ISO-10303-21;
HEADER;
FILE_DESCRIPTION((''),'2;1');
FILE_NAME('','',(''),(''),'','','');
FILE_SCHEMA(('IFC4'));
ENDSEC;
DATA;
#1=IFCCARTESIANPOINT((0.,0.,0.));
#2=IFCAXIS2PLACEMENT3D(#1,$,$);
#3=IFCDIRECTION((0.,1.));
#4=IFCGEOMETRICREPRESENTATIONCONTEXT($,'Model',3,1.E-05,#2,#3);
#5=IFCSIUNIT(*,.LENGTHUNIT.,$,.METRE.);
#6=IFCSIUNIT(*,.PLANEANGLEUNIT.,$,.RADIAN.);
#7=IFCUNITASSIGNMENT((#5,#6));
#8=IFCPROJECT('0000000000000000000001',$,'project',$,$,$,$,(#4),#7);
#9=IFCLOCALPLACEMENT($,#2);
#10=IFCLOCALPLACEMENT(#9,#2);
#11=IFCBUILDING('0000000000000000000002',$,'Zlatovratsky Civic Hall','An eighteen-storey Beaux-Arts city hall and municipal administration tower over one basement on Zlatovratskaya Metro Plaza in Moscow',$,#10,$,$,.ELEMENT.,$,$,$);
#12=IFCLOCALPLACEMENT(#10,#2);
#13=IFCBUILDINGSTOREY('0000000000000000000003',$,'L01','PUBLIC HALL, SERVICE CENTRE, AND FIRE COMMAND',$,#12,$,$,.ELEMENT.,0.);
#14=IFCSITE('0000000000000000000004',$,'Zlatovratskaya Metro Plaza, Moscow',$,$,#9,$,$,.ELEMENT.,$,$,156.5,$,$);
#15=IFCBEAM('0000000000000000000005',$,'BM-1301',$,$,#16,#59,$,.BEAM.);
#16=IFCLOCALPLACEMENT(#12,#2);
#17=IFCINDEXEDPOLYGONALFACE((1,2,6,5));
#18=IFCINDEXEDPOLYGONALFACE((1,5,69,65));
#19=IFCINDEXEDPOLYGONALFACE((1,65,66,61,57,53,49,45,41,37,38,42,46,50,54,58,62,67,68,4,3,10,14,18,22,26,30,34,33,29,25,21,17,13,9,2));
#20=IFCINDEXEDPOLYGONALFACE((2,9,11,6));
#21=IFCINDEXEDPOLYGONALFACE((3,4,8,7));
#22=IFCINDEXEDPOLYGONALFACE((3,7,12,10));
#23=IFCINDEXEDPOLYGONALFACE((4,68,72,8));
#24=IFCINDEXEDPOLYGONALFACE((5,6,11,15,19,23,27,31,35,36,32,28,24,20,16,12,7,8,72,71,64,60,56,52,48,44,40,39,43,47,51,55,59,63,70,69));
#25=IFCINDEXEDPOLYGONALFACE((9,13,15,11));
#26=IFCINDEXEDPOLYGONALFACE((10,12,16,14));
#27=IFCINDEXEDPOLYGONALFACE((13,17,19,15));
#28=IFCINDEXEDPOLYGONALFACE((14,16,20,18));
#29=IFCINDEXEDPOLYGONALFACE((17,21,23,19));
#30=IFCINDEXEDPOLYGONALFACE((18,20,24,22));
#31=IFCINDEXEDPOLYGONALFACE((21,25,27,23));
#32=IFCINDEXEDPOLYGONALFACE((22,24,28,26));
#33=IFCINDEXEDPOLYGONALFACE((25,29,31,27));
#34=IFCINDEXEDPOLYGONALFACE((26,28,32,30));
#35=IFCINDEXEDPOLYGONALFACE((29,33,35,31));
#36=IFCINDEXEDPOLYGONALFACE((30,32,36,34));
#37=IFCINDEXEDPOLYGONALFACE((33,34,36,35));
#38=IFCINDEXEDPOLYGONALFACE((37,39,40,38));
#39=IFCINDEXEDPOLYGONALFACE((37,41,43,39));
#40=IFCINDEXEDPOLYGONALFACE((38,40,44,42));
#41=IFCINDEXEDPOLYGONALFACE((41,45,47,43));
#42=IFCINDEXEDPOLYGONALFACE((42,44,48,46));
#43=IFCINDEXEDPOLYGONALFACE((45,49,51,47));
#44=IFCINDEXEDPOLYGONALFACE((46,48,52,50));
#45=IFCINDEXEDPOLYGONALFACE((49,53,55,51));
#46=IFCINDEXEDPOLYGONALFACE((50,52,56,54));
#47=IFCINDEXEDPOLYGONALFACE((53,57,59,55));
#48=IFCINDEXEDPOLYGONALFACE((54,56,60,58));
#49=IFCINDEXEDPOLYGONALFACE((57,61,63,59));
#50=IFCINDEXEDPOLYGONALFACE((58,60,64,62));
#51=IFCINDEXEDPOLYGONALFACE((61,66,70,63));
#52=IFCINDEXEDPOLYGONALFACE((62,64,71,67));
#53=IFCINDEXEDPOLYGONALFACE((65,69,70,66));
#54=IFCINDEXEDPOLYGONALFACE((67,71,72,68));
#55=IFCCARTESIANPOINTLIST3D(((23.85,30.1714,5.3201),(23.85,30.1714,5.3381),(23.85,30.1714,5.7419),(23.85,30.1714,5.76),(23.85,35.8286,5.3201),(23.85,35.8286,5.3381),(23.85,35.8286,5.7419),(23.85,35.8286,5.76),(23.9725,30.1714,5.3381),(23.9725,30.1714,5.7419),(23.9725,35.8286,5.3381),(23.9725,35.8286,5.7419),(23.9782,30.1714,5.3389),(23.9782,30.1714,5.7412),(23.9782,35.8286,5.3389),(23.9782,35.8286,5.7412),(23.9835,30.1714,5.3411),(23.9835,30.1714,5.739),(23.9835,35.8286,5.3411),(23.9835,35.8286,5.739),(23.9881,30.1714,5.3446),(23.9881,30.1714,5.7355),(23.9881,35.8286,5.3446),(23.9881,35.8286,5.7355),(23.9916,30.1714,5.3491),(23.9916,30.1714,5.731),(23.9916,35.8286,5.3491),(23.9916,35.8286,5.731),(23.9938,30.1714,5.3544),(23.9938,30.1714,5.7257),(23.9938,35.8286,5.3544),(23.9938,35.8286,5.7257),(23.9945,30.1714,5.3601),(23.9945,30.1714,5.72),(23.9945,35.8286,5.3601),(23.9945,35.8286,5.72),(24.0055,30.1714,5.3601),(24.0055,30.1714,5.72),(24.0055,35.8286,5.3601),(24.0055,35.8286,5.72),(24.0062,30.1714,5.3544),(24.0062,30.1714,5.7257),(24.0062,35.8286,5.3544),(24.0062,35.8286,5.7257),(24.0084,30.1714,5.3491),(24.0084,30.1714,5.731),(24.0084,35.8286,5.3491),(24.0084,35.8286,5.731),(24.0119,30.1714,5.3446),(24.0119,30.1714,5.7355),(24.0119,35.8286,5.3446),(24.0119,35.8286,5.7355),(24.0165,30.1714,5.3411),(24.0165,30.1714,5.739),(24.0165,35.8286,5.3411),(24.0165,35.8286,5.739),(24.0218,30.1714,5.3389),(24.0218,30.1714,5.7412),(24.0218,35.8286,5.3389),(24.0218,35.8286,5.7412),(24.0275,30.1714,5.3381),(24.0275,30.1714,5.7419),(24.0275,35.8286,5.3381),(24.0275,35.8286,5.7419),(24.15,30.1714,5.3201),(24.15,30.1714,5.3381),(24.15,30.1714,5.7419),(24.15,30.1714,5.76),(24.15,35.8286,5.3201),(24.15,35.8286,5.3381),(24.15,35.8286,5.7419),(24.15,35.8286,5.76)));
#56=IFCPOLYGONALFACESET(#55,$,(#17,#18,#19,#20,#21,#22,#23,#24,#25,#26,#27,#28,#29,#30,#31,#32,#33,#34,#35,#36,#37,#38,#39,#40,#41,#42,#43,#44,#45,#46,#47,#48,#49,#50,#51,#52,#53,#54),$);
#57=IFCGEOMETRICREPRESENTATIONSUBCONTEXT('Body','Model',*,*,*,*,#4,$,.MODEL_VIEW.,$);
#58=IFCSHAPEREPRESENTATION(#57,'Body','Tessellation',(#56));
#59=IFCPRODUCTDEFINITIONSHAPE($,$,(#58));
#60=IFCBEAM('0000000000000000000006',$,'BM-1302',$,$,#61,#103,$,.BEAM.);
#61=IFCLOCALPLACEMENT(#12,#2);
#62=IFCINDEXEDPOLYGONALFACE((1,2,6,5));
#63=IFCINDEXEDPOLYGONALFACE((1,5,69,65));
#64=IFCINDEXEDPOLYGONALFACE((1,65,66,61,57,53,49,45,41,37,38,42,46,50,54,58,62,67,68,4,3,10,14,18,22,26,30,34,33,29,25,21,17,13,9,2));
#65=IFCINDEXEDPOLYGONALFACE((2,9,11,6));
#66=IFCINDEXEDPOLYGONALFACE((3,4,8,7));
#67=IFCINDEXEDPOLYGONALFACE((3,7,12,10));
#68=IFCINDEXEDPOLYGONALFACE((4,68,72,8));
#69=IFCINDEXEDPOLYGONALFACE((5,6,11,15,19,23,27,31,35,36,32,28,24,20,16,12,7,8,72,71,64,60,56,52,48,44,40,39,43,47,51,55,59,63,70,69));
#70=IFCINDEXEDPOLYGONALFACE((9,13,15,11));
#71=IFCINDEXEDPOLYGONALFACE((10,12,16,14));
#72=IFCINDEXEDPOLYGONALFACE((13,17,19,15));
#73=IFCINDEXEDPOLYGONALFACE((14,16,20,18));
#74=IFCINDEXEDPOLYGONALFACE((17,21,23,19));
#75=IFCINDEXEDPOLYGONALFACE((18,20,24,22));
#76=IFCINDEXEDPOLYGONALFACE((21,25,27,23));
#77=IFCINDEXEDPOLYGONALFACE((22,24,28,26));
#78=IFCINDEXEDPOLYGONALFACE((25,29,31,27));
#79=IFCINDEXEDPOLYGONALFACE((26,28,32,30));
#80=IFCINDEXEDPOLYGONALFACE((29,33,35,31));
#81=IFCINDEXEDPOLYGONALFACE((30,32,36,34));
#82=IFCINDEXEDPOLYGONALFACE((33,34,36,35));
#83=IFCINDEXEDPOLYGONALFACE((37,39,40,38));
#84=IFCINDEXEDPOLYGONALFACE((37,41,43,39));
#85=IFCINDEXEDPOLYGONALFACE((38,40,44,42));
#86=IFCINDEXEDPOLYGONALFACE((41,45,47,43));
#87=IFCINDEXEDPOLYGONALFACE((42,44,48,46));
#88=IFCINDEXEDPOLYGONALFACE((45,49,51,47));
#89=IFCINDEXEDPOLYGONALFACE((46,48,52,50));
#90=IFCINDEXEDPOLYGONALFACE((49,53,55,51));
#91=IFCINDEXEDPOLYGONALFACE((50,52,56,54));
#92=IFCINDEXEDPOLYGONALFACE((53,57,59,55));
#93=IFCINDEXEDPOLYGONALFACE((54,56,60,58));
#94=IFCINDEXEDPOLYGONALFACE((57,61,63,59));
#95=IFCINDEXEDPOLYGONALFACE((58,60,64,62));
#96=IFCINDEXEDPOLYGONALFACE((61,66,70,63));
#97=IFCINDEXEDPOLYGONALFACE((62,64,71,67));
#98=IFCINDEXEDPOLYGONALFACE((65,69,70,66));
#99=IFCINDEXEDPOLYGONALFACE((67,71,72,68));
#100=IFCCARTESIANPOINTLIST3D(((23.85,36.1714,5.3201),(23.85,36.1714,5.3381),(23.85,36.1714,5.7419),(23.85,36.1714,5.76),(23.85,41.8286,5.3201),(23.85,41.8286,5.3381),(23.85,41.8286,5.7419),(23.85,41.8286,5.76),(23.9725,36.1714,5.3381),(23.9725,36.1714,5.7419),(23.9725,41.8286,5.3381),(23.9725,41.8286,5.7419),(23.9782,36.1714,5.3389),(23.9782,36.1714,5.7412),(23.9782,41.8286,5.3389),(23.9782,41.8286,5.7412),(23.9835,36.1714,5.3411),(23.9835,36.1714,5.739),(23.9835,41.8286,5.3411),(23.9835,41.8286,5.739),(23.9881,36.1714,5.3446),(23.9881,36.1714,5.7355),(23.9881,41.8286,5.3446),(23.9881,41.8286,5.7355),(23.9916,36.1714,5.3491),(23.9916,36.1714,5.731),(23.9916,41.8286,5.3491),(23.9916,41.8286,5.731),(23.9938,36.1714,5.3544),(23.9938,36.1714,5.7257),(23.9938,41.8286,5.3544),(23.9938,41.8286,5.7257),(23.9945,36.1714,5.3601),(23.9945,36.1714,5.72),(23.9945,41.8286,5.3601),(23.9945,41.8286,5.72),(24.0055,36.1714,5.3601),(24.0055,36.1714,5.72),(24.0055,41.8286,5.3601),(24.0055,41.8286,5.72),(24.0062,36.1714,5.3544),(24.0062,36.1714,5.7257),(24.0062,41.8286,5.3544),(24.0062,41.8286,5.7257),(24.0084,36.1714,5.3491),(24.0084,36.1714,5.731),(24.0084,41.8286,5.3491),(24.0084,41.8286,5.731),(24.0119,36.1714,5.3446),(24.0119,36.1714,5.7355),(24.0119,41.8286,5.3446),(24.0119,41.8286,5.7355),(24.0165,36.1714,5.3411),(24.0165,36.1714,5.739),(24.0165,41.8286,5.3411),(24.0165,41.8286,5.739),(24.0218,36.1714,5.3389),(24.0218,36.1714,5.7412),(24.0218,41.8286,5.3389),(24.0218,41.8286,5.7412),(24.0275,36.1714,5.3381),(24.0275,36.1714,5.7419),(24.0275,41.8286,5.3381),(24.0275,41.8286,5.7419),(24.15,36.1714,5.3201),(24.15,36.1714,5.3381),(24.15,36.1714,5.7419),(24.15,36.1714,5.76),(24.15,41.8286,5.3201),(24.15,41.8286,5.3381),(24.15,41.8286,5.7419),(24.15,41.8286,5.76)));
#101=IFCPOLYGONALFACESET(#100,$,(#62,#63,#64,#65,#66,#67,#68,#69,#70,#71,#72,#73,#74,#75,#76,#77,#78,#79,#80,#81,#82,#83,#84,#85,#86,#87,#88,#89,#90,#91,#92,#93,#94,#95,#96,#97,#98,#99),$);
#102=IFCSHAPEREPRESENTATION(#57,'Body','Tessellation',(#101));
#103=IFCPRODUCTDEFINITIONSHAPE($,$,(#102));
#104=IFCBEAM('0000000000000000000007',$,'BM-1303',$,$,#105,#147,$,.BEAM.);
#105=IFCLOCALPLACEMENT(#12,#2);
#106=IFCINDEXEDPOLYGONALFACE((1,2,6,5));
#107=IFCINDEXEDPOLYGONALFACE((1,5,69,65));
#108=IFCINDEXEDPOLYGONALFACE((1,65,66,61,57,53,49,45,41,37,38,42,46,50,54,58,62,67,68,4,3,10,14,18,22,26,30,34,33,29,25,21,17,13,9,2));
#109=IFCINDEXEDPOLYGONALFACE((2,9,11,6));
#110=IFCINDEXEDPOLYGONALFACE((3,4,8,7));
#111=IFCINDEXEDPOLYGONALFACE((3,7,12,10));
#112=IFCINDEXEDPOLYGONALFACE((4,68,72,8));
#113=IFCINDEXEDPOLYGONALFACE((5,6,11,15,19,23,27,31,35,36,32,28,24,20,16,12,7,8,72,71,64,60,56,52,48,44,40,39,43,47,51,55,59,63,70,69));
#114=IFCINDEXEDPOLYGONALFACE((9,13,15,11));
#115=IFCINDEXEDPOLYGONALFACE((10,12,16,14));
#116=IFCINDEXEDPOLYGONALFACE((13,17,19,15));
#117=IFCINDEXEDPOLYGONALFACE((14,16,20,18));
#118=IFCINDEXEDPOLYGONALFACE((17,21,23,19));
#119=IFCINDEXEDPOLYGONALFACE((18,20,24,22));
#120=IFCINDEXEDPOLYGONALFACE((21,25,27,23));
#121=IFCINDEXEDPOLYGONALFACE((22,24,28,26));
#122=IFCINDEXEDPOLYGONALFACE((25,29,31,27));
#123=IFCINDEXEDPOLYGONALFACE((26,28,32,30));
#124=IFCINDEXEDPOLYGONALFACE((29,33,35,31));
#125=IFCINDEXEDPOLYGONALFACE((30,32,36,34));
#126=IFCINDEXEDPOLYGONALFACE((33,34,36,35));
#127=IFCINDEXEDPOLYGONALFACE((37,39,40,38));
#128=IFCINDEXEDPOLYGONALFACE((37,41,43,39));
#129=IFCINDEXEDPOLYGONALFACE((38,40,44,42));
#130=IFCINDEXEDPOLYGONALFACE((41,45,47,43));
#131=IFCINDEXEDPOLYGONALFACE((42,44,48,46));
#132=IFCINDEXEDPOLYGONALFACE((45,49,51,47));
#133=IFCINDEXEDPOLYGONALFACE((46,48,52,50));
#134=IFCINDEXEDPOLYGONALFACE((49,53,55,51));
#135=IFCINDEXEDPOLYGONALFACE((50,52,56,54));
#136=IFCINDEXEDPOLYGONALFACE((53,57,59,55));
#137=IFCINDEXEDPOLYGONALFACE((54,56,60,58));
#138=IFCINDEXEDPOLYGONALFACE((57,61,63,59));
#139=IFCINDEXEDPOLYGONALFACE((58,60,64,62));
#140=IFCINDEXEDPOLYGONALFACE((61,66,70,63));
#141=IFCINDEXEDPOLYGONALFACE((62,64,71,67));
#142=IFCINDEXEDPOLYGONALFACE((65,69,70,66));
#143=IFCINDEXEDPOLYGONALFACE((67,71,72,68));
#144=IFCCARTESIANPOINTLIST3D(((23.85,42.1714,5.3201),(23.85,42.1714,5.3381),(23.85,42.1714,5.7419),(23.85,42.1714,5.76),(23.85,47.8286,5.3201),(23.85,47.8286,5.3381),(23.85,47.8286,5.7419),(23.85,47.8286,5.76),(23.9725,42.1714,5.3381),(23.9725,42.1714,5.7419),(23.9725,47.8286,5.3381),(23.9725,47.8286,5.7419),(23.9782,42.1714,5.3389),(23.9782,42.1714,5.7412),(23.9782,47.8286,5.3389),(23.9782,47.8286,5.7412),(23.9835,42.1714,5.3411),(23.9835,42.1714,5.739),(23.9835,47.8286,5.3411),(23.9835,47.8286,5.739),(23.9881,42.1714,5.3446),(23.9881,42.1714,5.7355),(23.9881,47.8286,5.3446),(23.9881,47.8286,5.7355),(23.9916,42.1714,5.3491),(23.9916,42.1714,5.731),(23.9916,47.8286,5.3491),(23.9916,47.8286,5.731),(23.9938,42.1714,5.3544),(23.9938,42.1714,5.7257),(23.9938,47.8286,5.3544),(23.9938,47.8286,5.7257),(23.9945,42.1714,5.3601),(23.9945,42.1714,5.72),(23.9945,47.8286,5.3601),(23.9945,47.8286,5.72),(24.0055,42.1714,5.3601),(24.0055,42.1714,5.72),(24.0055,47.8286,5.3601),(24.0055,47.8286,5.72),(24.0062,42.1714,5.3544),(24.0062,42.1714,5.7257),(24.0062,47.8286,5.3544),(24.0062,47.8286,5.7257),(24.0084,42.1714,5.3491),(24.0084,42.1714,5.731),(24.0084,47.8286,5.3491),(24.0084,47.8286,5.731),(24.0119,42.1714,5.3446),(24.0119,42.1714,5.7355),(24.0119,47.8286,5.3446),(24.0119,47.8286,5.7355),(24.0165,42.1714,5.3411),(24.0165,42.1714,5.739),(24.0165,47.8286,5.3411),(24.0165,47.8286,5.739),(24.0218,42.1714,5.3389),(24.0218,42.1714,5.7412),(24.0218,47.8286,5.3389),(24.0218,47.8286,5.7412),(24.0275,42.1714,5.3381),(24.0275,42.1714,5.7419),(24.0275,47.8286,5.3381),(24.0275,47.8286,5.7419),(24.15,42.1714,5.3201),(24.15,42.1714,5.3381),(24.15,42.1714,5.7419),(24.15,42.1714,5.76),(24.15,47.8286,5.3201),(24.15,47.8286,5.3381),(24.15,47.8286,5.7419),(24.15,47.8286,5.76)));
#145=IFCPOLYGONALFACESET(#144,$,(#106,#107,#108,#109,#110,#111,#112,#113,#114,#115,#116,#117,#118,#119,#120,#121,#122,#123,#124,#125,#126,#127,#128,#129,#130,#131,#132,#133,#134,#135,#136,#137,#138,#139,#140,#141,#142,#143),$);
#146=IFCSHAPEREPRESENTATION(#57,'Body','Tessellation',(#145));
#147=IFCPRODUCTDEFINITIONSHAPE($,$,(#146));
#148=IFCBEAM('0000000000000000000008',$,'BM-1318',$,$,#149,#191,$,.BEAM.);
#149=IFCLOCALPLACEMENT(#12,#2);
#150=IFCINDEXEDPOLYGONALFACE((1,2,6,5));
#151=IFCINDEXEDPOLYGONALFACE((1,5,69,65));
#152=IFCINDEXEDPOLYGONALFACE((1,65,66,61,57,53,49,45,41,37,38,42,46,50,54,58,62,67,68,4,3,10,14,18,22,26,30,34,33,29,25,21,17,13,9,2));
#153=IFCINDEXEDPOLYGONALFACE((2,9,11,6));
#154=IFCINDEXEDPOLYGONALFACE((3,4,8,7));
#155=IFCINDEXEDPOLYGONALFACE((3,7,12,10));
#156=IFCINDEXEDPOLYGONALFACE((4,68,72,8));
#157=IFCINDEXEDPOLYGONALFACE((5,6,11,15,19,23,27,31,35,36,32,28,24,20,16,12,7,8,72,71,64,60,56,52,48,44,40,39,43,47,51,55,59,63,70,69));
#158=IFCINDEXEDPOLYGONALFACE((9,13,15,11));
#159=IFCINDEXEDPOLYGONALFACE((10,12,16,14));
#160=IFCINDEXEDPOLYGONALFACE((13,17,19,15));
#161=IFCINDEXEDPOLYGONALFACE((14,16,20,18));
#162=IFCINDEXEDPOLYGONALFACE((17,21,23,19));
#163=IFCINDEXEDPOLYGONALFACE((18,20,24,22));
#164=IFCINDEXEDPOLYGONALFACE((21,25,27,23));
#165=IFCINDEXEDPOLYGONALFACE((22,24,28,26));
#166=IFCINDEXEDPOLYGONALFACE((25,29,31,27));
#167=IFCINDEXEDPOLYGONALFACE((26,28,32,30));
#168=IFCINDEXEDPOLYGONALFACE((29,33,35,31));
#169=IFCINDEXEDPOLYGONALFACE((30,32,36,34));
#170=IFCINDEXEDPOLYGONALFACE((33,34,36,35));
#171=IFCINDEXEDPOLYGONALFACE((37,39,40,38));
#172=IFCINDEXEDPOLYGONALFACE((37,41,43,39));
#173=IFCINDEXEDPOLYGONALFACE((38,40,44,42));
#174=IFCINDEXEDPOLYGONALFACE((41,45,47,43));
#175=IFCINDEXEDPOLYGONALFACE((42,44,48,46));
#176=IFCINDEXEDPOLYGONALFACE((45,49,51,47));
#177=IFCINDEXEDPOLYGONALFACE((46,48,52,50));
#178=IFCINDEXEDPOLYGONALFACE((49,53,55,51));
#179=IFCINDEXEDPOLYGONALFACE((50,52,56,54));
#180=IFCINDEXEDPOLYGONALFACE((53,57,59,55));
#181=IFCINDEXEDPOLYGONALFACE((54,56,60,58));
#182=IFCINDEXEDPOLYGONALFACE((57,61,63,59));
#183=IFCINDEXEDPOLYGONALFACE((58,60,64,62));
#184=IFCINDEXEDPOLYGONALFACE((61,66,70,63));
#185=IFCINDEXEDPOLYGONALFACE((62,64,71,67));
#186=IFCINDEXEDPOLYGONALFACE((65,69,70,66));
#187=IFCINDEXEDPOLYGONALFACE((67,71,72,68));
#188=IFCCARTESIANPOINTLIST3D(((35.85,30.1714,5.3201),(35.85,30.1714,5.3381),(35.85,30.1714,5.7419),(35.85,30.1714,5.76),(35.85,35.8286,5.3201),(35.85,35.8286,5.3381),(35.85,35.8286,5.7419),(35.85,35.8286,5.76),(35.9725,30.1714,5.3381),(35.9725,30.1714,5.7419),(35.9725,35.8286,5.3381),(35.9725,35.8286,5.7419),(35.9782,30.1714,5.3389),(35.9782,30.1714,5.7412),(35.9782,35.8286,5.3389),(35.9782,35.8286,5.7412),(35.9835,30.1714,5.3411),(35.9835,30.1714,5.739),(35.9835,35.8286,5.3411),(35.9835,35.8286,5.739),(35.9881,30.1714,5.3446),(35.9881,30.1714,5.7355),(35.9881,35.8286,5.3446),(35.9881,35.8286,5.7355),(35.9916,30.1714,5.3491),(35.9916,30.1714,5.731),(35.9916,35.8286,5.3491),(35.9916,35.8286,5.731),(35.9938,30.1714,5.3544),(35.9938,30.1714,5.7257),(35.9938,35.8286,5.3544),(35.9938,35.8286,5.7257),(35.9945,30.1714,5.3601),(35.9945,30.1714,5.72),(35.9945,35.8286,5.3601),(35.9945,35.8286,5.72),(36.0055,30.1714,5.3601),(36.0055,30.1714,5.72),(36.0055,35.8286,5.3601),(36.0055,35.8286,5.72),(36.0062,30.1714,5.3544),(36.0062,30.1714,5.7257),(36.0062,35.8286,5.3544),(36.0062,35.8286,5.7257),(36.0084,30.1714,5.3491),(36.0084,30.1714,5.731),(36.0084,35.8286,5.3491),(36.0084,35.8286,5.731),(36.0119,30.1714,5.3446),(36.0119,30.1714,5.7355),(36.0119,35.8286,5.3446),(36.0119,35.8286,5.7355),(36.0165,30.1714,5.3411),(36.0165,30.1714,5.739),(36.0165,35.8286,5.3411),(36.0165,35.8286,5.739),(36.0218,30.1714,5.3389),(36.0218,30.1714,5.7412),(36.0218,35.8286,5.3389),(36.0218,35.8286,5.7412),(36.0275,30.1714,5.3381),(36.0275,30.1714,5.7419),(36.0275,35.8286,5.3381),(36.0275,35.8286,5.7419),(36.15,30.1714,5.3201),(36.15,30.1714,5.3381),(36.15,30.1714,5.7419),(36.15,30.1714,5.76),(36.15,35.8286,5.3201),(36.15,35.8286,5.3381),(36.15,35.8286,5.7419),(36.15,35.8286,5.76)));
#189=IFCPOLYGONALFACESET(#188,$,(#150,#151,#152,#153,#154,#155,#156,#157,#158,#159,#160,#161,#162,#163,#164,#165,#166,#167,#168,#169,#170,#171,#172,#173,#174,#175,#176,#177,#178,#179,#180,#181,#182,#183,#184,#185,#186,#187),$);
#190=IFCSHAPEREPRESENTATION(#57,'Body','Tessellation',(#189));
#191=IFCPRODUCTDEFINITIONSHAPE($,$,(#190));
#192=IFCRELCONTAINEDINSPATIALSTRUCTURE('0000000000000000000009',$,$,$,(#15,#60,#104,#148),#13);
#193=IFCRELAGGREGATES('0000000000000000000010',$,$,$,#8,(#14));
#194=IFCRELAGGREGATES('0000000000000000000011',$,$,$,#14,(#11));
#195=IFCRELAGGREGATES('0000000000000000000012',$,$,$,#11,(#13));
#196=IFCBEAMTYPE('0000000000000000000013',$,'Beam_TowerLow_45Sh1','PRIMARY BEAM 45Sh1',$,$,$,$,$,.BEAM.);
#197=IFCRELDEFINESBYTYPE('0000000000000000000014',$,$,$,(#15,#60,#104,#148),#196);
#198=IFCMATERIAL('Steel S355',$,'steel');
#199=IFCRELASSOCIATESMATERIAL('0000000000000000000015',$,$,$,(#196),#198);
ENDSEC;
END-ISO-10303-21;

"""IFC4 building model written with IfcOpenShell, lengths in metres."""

from ifc_helpers import new_model, si_unit, direction, frame, origin, origin_2d, place, context, subcontext, project, spatial, i_section, extrude, material, material_profile, profile_set, type_object, element, save


model = new_model("IFC4")

# Units and contexts
model_context = context("Model", 3, precision=1e-05, world=origin(), true_north=direction((0.0, 1.0)))
body_context = subcontext(model_context, "Body", "Model", "MODEL_VIEW")
ifc_project = project(units=[si_unit("LENGTHUNIT", "METRE"), si_unit("PLANEANGLEUNIT", "RADIAN")], contexts=[model_context])

# Site, building, storey
site_placement = place(None, origin())
site = spatial("IfcSite", under=ifc_project, at=site_placement, Name="Zlatovratskaya Metro Plaza, Moscow", CompositionType="ELEMENT", RefElevation=156.5)
building_placement = place(site_placement, origin())
building = spatial("IfcBuilding", under=site, at=building_placement, Name="Zlatovratsky Civic Hall", Description="An eighteen-storey Beaux-Arts city hall and municipal administration tower over one basement on Zlatovratskaya Metro Plaza in Moscow", CompositionType="ELEMENT")
storey_placement = place(building_placement, origin())
storey = spatial("IfcBuildingStorey", under=building, at=storey_placement, Name="L01", Description="PUBLIC HALL, SERVICE CENTRE, AND FIRE COMMAND", CompositionType="ELEMENT", Elevation=0.0)

# Shared definitions
ifc_material = material(Name="Steel S355", Category="steel")

# Beams
ifc_material_profile_1 = material_profile(ifc_material, i_section(OverallWidth=0.3, OverallDepth=0.4399, WebThickness=0.011, FlangeThickness=0.0181, FilletRadius=0.022, at=origin_2d()), Name="45Sh1")
ifc_profile_set_1 = profile_set([ifc_material_profile_1], Name="Steel S355")
beam_type_1 = type_object("IfcBeamType", Name="Beam_TowerLow_45Sh1", Description="PRIMARY BEAM 45Sh1", PredefinedType="BEAM", material=ifc_profile_set_1)
for number, where, z_axis, x_axis, name in (
    (1, (24.0, 30.1714, 5.54), (0.0, 1.0, 0.0), (-1.0, 0.0, 0.0), "BM-1301"),
    (2, (24.0, 36.1714, 5.54), (0.0, 1.0, 0.0), (-1.0, 0.0, 0.0), "BM-1302"),
    (3, (24.0, 42.1714, 5.54), (0.0, 1.0, 0.0), (-1.0, 0.0, 0.0), "BM-1303"),
    (4, (36.0, 30.1714, 5.54), (0.0, 1.0, 0.0), (-1.0, 0.0, 0.0), "BM-1318"),
):
    element("IfcBeam", number, at=place(storey_placement, frame(where, z_axis=z_axis, x_axis=x_axis)), inside=storey, type_object=beam_type_1, Name=name, PredefinedType="BEAM", context=body_context, shape_type="SweptSolid", body=[
        extrude(i_section(OverallWidth=0.3, OverallDepth=0.4399, WebThickness=0.011, FlangeThickness=0.0181, FilletRadius=0.022, at=origin_2d()), origin(), (0.0, 0.0, 1.0), 5.6572),
    ])

save(model, "model.ifc")
